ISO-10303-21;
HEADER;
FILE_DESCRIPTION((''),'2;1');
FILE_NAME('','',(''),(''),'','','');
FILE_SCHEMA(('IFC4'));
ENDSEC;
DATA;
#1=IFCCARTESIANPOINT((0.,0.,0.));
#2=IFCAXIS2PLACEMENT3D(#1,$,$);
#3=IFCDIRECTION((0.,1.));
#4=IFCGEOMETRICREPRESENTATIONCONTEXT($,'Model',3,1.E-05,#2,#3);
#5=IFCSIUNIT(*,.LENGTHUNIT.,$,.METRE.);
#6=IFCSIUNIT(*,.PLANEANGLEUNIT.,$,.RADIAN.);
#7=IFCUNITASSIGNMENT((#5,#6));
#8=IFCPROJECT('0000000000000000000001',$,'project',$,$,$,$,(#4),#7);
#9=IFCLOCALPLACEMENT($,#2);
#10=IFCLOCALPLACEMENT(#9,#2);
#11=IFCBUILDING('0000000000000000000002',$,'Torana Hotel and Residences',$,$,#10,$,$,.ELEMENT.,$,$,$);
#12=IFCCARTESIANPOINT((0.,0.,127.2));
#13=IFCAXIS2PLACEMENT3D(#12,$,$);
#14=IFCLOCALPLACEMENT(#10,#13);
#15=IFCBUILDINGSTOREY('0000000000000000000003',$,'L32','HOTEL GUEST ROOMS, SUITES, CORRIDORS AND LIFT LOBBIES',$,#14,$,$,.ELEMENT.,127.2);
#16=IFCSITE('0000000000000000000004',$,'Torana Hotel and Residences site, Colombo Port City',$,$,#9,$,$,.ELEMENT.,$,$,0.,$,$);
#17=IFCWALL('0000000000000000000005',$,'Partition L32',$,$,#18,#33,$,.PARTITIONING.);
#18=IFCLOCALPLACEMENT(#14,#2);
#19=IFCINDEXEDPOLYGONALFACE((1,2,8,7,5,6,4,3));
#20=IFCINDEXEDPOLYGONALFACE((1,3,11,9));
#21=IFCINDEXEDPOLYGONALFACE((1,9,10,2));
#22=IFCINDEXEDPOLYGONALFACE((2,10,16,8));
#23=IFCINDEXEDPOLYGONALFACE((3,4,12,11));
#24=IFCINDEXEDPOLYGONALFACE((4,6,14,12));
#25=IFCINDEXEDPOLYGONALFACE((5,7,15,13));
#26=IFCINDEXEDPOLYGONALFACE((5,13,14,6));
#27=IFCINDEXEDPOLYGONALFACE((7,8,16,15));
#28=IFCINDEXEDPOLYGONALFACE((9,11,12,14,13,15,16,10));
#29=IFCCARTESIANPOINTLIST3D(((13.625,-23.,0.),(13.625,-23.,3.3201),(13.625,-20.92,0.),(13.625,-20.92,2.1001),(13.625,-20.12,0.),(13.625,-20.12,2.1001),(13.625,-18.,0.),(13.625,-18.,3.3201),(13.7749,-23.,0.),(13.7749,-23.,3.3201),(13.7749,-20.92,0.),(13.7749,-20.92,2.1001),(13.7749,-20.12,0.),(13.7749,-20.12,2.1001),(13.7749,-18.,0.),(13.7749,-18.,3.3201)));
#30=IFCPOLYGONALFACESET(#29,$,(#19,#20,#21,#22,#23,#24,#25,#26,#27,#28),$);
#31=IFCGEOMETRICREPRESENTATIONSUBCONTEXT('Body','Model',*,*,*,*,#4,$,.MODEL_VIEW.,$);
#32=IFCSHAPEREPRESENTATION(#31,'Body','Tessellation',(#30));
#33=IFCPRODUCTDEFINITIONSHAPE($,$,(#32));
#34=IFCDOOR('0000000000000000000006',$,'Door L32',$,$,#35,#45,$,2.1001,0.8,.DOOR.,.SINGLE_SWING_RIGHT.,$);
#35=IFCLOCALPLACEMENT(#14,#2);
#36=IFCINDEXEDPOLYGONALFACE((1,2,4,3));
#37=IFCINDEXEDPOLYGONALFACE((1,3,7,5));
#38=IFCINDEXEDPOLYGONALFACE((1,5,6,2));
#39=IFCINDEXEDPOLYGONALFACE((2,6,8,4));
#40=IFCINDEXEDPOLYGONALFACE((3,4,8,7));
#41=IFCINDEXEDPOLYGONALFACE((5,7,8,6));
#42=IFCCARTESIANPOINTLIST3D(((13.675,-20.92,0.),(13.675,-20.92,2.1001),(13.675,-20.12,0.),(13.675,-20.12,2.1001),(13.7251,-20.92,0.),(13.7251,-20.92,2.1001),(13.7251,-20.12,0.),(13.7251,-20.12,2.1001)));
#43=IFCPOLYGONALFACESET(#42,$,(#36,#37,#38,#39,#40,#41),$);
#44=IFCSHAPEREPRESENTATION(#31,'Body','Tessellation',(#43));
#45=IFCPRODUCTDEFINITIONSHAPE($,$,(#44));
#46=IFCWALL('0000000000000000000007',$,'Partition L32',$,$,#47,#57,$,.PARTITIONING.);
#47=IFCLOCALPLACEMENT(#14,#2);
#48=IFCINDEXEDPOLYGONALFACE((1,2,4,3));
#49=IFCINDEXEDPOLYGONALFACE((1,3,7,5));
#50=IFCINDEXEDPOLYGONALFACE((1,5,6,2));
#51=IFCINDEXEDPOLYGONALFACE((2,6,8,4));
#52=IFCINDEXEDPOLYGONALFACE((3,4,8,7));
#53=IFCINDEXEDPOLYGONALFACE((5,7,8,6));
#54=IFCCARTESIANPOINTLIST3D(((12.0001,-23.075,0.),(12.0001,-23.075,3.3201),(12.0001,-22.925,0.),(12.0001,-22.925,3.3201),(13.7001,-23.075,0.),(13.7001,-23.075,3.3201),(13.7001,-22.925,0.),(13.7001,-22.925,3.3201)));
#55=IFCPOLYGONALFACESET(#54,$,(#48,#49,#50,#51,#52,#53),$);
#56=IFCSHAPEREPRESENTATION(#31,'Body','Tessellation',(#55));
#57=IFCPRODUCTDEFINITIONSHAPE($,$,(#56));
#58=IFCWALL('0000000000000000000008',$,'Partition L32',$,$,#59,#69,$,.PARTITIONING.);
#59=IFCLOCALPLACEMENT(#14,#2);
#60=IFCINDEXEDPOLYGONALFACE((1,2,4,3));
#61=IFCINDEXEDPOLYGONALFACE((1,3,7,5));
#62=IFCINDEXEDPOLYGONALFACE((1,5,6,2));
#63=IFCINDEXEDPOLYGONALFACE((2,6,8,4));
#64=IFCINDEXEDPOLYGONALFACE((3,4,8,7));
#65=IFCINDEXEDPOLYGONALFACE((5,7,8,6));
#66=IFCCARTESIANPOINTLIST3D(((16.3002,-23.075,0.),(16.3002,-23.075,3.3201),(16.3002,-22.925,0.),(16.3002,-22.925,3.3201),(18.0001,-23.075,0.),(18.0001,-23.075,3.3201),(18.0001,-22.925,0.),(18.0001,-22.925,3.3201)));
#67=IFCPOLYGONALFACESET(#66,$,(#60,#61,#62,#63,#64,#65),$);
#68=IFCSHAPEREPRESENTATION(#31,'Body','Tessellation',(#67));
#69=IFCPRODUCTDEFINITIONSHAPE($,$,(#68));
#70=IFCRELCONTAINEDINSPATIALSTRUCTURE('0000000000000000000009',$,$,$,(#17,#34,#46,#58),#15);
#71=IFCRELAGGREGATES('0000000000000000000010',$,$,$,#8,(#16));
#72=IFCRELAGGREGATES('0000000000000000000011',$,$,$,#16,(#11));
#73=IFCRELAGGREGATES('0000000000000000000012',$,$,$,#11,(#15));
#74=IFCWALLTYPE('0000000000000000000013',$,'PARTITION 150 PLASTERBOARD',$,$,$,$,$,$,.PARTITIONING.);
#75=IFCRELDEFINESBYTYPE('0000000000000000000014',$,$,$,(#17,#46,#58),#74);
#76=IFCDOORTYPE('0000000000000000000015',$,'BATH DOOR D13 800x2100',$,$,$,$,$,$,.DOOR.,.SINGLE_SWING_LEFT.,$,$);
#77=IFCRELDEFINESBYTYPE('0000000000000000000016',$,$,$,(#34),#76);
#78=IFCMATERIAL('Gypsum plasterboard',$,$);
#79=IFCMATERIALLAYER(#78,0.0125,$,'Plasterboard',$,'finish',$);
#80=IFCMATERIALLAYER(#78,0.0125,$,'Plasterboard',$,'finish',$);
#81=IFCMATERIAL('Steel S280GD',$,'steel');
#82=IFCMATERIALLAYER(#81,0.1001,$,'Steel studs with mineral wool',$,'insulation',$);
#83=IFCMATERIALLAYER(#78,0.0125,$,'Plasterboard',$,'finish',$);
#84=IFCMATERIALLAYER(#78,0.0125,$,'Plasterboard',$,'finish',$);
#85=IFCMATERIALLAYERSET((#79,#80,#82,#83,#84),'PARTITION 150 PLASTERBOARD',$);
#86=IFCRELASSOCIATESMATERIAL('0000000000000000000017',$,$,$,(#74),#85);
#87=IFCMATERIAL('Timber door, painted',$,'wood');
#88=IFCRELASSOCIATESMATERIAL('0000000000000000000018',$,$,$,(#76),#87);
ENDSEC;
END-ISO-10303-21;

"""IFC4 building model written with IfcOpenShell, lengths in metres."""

from ifc_helpers import new_model, si_unit, direction, frame, frame_2d, origin, place, context, subcontext, project, spatial, rectangle, extrude, material, layer, layer_set, type_object, element, fill, save


model = new_model("IFC4")

# Units and contexts
model_context = context("Model", 3, precision=1e-05, world=origin(), true_north=direction((0.0, 1.0)))
body_context = subcontext(model_context, "Body", "Model", "MODEL_VIEW")
ifc_project = project(units=[si_unit("LENGTHUNIT", "METRE"), si_unit("PLANEANGLEUNIT", "RADIAN")], contexts=[model_context])

# Site, building, storey
site_placement = place(None, origin())
site = spatial("IfcSite", under=ifc_project, at=site_placement, Name="Torana Hotel and Residences site, Colombo Port City", CompositionType="ELEMENT", RefElevation=0.0)
building_placement = place(site_placement, origin())
building = spatial("IfcBuilding", under=site, at=building_placement, Name="Torana Hotel and Residences", CompositionType="ELEMENT")
storey_placement = place(building_placement, frame((0.0, 0.0, 127.2)))
storey = spatial("IfcBuildingStorey", under=building, at=storey_placement, Name="L32", Description="HOTEL GUEST ROOMS, SUITES, CORRIDORS AND LIFT LOBBIES", CompositionType="ELEMENT", Elevation=127.2)

# Wall, opening, door
ifc_material_1 = material(Name="Gypsum plasterboard")
ifc_layer_1 = layer(ifc_material_1, 0.0125, Name="Plasterboard", Category="finish")
ifc_layer_2 = layer(ifc_material_1, 0.0125, Name="Plasterboard", Category="finish")
ifc_material_2 = material(Name="Steel S280GD", Category="steel")
ifc_layer_3 = layer(ifc_material_2, 0.1001, Name="Steel studs with mineral wool", Category="insulation")
ifc_layer_4 = layer(ifc_material_1, 0.0125, Name="Plasterboard", Category="finish")
ifc_layer_5 = layer(ifc_material_1, 0.0125, Name="Plasterboard", Category="finish")
ifc_layer_set_1 = layer_set([ifc_layer_1, ifc_layer_2, ifc_layer_3, ifc_layer_4, ifc_layer_5], Name="PARTITION 150 PLASTERBOARD")
wall_type_1 = type_object("IfcWallType", Name="PARTITION 150 PLASTERBOARD", PredefinedType="PARTITIONING", material=ifc_layer_set_1)
ifc_material_3 = material(Name="Timber door, painted", Category="wood")
door_type_1 = type_object("IfcDoorType", Name="BATH DOOR D13 800x2100", OperationType="SINGLE_SWING_LEFT", PredefinedType="DOOR", material=ifc_material_3)
wall_1_placement = place(storey_placement, frame((13.7, -23.0, 0.0), z_axis=(0.0, 0.0, 1.0), x_axis=(0.0, 1.0, 0.0)))
wall_1 = element("IfcWall", 1, at=wall_1_placement, inside=storey, type_object=wall_type_1, Name="Partition L32", PredefinedType="PARTITIONING", context=body_context, shape_type="SweptSolid", body=[
    extrude(rectangle(XDim=5.0, YDim=0.1499, at=frame_2d((2.5, 0.0))), origin(), (0.0, 0.0, 1.0), 3.3201),
])
opening_1_placement = place(wall_1_placement, frame((2.0801, 0.0, 0.0)))
opening_1 = element("IfcOpeningElement", 2, at=opening_1_placement, cuts=wall_1, PredefinedType="OPENING", context=body_context, shape_type="SweptSolid", body=[
    extrude(rectangle(XDim=0.8, YDim=2.1001, at=frame_2d((0.3999, 1.05))), frame((0.0, 0.085, 0.0), z_axis=(0.0, -1.0, 0.0), x_axis=(1.0, 0.0, 0.0)), (0.0, 0.0, 1.0), 0.1699),
])
door_1_placement = place(opening_1_placement, origin())
door_1 = element("IfcDoor", 3, at=door_1_placement, inside=storey, type_object=door_type_1, Name="Door L32", OperationType="SINGLE_SWING_RIGHT", OverallHeight=2.1001, OverallWidth=0.8, PredefinedType="DOOR", context=body_context, shape_type="SweptSolid", body=[
    extrude(rectangle(XDim=0.8, YDim=2.1001, at=frame_2d((0.3999, 1.05))), frame((0.0, 0.0249, 0.0), z_axis=(0.0, -1.0, 0.0), x_axis=(1.0, 0.0, 0.0)), (0.0, 0.0, 1.0), 0.05),
])
fill(opening_1, door_1)

# Walls
for number, where, z_axis, x_axis, name in (
    (4, (12.0, -23.0, 0.0), (0.0, 0.0, 1.0), (1.0, 0.0, 0.0), "Partition L32"),
    (5, (16.3, -23.0, 0.0), (0.0, 0.0, 1.0), (1.0, 0.0, 0.0), "Partition L32"),
):
    element("IfcWall", number, at=place(storey_placement, frame(where, z_axis=z_axis, x_axis=x_axis)), inside=storey, type_object=wall_type_1, Name=name, PredefinedType="PARTITIONING", context=body_context, shape_type="SweptSolid", body=[
        extrude(rectangle(XDim=1.7, YDim=0.1499, at=frame_2d((0.8501, 0.0))), origin(), (0.0, 0.0, 1.0), 3.3201),
    ])

save(model, "model.ifc")
